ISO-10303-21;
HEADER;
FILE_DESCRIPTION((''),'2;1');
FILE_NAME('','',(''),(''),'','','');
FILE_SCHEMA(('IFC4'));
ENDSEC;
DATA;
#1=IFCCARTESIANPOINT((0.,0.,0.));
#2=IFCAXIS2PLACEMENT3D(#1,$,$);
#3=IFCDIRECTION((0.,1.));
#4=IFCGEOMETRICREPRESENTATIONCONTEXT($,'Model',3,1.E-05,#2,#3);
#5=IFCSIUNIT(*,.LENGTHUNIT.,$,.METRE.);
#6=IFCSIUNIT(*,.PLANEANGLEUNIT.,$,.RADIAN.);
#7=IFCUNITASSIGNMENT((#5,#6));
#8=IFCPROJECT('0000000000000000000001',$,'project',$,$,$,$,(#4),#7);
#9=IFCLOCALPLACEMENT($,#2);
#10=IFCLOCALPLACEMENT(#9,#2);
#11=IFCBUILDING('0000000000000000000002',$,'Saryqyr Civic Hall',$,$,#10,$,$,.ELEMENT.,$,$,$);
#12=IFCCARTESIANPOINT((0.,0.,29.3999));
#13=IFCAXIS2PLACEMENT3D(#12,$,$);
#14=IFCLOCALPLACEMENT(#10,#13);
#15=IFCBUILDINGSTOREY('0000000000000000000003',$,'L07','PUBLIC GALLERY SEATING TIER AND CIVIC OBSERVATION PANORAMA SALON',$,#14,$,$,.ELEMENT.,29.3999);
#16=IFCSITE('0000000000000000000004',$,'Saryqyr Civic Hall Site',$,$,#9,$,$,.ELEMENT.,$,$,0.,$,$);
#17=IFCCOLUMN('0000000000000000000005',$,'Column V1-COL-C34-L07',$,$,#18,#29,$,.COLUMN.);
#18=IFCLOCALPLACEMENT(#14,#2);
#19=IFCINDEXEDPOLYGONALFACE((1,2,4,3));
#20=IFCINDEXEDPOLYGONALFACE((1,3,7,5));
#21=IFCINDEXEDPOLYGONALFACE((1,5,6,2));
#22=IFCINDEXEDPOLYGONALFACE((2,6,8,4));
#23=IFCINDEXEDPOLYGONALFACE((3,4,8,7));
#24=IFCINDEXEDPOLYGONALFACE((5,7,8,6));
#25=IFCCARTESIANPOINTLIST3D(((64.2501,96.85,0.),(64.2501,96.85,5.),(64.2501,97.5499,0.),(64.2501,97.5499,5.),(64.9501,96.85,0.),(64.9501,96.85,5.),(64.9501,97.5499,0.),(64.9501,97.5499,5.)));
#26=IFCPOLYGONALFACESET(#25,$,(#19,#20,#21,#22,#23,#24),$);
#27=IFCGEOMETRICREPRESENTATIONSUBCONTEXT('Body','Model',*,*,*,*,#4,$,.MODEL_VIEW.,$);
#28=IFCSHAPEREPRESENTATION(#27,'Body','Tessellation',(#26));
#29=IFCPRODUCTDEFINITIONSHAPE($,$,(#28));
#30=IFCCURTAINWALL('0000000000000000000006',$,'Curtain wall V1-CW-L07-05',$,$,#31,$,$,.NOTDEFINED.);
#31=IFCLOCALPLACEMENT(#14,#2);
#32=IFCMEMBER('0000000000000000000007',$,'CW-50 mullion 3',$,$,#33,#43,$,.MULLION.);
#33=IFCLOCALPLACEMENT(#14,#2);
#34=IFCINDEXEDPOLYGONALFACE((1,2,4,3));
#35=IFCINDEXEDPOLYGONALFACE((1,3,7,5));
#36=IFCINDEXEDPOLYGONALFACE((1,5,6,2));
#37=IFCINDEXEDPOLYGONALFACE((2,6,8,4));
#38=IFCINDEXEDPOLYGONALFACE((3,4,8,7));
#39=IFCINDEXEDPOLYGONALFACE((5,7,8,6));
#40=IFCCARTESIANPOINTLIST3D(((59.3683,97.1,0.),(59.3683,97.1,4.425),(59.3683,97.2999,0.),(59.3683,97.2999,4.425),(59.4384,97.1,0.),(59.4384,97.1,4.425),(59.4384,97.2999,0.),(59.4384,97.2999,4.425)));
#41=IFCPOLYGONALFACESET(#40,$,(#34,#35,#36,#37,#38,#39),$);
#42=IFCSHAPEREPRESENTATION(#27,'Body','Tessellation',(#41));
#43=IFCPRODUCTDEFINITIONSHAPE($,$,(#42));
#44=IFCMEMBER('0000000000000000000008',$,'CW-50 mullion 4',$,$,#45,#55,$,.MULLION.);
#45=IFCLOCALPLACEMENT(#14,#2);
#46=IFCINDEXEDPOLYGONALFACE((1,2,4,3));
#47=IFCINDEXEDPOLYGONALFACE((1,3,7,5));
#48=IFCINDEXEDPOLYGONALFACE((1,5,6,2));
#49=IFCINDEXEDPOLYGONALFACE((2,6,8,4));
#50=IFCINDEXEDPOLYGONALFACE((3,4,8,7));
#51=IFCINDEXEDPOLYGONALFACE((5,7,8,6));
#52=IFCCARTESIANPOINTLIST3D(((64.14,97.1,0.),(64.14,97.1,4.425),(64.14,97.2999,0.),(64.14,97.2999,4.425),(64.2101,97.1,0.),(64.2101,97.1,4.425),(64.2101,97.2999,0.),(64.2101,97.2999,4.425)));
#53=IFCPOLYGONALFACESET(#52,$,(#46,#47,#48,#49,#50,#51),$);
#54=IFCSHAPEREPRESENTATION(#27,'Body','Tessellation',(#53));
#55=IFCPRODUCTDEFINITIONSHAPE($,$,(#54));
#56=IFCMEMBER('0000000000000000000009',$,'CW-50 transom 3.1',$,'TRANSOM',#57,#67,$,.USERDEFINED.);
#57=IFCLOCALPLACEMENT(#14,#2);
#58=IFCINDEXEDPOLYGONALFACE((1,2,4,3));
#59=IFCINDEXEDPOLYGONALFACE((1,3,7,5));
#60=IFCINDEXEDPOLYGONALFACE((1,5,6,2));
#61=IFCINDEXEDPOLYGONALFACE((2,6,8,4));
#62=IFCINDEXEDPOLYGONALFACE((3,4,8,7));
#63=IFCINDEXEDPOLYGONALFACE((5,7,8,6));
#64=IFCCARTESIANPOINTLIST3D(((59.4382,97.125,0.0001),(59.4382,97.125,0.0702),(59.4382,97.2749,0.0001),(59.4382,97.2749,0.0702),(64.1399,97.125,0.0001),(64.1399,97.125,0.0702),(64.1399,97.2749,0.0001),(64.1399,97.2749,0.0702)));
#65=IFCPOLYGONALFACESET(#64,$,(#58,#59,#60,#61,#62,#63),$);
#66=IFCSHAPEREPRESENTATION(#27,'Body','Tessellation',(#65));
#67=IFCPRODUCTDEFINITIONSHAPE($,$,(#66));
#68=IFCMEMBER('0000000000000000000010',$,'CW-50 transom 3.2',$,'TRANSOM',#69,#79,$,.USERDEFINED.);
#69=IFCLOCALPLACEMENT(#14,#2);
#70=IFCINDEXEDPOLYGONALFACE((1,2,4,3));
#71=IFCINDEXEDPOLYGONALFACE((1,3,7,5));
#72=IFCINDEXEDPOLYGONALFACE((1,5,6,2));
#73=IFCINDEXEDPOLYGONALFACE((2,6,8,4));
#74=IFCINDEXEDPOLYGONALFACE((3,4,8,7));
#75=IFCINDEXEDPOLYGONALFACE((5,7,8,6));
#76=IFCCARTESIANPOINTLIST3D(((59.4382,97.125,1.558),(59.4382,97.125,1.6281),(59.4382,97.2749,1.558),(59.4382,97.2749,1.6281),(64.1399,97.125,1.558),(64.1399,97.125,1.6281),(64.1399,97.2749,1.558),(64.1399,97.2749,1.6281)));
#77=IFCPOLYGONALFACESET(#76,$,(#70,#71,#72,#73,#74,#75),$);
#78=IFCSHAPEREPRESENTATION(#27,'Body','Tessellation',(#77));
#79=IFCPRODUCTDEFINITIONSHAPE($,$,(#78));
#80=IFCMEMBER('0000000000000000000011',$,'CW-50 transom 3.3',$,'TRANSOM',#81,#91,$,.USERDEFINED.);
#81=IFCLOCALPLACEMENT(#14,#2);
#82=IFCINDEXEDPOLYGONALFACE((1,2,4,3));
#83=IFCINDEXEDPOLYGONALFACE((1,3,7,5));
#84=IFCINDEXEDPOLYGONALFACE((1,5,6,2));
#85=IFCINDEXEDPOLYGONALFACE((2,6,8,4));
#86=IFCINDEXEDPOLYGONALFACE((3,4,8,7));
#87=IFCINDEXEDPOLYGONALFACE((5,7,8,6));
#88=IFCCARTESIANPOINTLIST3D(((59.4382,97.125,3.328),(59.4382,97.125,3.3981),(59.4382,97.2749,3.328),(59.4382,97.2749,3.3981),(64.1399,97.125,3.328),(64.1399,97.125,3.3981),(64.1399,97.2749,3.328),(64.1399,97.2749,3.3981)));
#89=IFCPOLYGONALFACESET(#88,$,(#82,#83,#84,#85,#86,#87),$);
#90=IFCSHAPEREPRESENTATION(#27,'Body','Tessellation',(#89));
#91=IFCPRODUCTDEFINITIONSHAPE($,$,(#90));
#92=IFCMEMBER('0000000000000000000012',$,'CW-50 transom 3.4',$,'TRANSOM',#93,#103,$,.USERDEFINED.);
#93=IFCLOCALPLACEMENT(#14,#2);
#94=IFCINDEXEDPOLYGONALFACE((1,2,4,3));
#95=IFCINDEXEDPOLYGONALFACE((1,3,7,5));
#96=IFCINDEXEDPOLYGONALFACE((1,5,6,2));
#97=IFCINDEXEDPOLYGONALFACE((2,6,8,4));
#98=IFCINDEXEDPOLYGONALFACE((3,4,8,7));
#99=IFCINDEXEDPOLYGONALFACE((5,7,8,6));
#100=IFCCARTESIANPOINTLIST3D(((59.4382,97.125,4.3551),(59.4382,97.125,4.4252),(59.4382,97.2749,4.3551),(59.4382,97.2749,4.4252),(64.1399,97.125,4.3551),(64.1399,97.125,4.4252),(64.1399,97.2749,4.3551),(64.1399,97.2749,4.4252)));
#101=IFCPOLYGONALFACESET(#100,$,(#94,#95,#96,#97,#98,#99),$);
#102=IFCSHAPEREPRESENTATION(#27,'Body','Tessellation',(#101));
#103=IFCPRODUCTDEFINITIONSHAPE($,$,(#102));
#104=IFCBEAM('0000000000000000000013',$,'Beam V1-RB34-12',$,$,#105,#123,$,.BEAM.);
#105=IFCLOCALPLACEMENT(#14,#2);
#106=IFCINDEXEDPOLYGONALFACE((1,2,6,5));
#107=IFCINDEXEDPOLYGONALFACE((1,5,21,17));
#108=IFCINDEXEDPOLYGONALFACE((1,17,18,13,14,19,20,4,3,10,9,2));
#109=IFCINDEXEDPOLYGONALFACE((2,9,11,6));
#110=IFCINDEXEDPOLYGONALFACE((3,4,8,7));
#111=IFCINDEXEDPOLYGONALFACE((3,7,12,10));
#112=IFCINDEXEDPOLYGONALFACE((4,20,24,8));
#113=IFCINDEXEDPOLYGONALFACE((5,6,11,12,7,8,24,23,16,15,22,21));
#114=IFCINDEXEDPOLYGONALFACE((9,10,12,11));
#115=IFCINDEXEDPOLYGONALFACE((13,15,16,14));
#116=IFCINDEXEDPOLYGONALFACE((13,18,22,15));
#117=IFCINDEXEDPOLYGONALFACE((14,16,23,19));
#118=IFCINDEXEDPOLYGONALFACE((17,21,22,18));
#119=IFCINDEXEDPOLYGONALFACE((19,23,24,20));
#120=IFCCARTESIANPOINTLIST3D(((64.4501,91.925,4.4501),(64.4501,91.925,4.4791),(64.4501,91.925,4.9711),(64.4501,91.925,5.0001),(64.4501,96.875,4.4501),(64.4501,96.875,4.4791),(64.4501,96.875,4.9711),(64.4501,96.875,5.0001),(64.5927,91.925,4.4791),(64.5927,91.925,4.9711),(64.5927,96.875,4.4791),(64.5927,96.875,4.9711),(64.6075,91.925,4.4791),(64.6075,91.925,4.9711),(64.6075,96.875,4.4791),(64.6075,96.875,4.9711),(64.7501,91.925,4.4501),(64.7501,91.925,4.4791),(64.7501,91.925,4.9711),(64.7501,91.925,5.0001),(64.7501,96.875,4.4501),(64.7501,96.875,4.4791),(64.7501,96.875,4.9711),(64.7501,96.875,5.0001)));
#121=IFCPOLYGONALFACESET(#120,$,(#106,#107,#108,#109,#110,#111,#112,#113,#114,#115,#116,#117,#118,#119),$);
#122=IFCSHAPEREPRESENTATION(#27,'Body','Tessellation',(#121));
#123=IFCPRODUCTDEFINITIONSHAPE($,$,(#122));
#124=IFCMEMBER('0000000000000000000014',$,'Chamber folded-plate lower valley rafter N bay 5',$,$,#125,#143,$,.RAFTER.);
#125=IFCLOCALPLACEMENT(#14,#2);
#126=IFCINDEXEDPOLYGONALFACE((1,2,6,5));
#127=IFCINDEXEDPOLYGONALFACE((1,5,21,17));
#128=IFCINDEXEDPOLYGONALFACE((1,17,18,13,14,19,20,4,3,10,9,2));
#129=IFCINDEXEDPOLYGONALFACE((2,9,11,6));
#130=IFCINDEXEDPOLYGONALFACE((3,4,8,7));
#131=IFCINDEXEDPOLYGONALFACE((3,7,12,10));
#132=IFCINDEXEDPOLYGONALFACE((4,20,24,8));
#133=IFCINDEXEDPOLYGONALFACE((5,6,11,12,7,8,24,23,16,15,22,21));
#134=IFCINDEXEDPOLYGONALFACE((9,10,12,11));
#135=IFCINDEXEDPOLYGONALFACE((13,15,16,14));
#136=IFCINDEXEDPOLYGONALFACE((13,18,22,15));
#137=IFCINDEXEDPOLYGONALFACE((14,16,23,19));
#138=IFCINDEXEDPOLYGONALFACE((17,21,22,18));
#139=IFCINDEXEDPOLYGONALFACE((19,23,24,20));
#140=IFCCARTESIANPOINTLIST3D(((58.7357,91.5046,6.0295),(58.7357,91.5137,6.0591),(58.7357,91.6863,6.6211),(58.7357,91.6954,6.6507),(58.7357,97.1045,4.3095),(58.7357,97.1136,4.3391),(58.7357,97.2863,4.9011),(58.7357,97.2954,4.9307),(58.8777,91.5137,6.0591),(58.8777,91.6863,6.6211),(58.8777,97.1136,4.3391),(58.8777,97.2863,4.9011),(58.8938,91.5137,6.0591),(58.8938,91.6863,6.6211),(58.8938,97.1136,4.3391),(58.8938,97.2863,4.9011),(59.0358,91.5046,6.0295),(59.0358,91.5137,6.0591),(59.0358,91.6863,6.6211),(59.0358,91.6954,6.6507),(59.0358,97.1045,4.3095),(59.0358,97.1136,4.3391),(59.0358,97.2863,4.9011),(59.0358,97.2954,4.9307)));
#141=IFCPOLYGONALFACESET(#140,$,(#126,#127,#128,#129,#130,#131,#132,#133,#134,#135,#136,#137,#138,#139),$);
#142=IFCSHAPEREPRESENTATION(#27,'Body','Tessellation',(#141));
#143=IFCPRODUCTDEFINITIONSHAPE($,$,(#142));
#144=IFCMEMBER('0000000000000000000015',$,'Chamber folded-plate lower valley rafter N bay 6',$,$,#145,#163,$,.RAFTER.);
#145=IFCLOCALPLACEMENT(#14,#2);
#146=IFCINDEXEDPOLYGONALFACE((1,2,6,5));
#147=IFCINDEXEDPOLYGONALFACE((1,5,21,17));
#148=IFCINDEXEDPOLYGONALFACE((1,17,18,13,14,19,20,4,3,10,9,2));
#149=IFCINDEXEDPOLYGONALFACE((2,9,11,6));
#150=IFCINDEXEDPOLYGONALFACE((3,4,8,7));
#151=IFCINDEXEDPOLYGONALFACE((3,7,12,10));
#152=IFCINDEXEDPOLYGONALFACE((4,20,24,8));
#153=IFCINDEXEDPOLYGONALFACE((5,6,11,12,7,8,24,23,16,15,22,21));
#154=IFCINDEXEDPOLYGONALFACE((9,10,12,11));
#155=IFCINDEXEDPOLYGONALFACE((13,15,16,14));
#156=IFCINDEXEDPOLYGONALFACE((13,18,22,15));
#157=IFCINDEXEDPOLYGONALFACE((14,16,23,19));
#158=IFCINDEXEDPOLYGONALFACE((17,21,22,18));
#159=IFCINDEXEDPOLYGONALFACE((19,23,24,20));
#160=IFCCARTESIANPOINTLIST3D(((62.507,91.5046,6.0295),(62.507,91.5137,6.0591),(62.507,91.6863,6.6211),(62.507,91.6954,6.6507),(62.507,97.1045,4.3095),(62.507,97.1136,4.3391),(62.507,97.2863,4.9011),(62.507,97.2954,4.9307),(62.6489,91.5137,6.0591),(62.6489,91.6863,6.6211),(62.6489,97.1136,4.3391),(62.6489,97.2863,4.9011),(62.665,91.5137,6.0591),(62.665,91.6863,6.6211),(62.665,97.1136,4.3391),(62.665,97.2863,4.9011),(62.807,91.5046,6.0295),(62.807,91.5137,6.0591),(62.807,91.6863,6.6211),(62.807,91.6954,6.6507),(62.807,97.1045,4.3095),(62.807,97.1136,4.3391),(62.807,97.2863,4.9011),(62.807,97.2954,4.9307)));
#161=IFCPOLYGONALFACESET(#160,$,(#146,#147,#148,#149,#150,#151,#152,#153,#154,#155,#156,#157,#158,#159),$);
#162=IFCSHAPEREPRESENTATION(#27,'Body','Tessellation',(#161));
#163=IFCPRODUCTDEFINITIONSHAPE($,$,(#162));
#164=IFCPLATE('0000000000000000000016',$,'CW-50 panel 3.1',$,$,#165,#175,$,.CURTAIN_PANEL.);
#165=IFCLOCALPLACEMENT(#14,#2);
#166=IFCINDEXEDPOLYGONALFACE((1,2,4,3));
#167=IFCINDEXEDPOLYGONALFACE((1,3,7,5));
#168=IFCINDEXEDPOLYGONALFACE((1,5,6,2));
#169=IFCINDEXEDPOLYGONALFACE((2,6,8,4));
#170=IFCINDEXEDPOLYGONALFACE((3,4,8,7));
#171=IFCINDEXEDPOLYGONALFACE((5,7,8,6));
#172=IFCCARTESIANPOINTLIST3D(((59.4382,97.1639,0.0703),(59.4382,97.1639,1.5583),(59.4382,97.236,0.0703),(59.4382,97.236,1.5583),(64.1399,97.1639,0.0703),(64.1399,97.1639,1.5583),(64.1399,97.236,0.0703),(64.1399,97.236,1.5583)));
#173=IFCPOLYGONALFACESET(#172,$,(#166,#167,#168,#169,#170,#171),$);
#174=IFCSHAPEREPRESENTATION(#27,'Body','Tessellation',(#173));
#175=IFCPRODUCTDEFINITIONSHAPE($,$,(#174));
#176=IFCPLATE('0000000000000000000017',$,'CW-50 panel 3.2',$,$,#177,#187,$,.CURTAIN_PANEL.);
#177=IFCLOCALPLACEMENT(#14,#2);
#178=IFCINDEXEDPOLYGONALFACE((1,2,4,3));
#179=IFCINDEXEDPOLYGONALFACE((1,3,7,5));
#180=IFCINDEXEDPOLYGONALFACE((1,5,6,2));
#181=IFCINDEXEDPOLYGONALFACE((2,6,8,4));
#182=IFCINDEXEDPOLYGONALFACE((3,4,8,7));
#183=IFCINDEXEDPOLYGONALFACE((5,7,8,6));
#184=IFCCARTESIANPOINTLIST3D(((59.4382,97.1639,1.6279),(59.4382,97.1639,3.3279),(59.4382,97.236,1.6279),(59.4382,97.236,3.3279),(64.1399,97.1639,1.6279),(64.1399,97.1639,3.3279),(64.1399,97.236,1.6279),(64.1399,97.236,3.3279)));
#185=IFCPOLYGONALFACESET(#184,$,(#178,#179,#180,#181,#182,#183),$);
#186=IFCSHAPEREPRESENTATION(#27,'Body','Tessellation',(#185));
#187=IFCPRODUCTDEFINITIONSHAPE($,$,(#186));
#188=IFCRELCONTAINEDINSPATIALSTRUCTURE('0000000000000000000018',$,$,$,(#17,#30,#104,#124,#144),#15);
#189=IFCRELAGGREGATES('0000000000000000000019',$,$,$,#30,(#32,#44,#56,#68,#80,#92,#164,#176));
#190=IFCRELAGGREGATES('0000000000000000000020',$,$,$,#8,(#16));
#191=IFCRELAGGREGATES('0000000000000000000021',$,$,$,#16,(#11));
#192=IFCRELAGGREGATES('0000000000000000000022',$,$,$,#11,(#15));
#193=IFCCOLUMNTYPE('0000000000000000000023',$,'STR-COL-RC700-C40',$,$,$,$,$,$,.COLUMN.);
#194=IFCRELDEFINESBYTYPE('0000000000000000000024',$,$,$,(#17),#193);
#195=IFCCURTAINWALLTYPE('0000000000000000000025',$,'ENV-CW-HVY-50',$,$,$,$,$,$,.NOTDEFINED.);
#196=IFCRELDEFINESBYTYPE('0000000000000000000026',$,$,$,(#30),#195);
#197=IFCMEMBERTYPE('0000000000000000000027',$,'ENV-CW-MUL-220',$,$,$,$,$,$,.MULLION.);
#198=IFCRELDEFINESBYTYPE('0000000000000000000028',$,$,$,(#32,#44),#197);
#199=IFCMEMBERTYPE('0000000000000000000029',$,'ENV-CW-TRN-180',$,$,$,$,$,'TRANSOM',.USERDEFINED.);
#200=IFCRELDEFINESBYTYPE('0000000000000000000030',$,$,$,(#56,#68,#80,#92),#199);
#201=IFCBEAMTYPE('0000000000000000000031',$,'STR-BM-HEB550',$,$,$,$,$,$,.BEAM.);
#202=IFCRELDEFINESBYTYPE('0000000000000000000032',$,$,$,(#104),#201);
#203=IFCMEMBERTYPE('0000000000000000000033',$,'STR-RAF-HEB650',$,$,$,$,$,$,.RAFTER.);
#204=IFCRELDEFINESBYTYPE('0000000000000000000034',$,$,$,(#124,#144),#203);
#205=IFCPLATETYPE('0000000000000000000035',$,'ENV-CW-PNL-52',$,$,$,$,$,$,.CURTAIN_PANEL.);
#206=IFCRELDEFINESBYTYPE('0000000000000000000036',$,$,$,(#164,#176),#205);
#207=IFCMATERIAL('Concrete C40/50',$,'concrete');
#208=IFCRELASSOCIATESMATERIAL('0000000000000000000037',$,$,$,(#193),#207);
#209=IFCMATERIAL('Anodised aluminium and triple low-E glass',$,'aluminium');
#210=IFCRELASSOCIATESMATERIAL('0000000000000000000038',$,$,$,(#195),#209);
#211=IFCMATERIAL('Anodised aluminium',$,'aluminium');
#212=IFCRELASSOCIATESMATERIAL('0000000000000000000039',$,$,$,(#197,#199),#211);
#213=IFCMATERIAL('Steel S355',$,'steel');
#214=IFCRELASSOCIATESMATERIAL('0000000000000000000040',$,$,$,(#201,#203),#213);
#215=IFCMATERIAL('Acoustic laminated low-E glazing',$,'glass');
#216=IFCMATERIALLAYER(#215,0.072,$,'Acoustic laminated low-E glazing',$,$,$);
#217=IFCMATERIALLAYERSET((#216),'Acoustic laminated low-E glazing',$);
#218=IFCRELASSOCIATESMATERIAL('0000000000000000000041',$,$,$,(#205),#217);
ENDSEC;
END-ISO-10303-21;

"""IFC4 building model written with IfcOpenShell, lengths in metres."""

from ifc_helpers import new_model, si_unit, direction, frame, origin, origin_2d, place, context, subcontext, project, spatial, rectangle, i_section, extrude, material, layer, layer_set, material_profile, profile_set, type_object, element, aggregate, save


model = new_model("IFC4")

# Units and contexts
model_context = context("Model", 3, precision=1e-05, world=origin(), true_north=direction((0.0, 1.0)))
body_context = subcontext(model_context, "Body", "Model", "MODEL_VIEW")
ifc_project = project(units=[si_unit("LENGTHUNIT", "METRE"), si_unit("PLANEANGLEUNIT", "RADIAN")], contexts=[model_context])

# Site, building, storey
site_placement = place(None, origin())
site = spatial("IfcSite", under=ifc_project, at=site_placement, Name="Saryqyr Civic Hall Site", CompositionType="ELEMENT", RefElevation=0.0)
building_placement = place(site_placement, origin())
building = spatial("IfcBuilding", under=site, at=building_placement, Name="Saryqyr Civic Hall", CompositionType="ELEMENT")
storey_placement = place(building_placement, frame((0.0, 0.0, 29.3999)))
storey = spatial("IfcBuildingStorey", under=building, at=storey_placement, Name="L07", Description="PUBLIC GALLERY SEATING TIER AND CIVIC OBSERVATION PANORAMA SALON", CompositionType="ELEMENT", Elevation=29.3999)

# Column
ifc_material_1 = material(Name="Concrete C40/50", Category="concrete")
ifc_material_profile_1 = material_profile(ifc_material_1, rectangle(XDim=0.7, YDim=0.7, at=origin_2d()), Name="RC 700x700")
ifc_profile_set_1 = profile_set([ifc_material_profile_1], Name="Concrete C40/50")
column_type = type_object("IfcColumnType", Name="STR-COL-RC700-C40", PredefinedType="COLUMN", material=ifc_profile_set_1)
column_placement = place(storey_placement, frame((64.6001, 97.2, 0.0), z_axis=(0.0, 0.0, 1.0), x_axis=(1.0, 0.0, 0.0)))
element("IfcColumn", 1, at=column_placement, inside=storey, type_object=column_type, Name="Column V1-COL-C34-L07", PredefinedType="COLUMN", context=body_context, shape_type="SweptSolid", body=[
    extrude(rectangle(XDim=0.7, YDim=0.7, at=origin_2d()), origin(), (0.0, 0.0, 1.0), 5.0),
])

# Curtain wall, members
ifc_material_2 = material(Name="Anodised aluminium and triple low-E glass", Category="aluminium")
curtain_wall_type = type_object("IfcCurtainWallType", Name="ENV-CW-HVY-50", PredefinedType="NOTDEFINED", material=ifc_material_2)
curtain_wall_placement = place(storey_placement, origin())
curtain_wall = element("IfcCurtainWall", 2, at=curtain_wall_placement, inside=storey, type_object=curtain_wall_type, Name="Curtain wall V1-CW-L07-05", PredefinedType="NOTDEFINED")
ifc_material_3 = material(Name="Anodised aluminium", Category="aluminium")
ifc_material_profile_2 = material_profile(ifc_material_3, rectangle(XDim=0.0701, YDim=0.2, at=origin_2d()), Name="ALU MULLION 70x200")
ifc_profile_set_2 = profile_set([ifc_material_profile_2], Name="Anodised aluminium")
member_type_1 = type_object("IfcMemberType", Name="ENV-CW-MUL-220", PredefinedType="MULLION", material=ifc_profile_set_2)
member_1_placement = place(storey_placement, frame((59.4033, 97.2, 0.0), z_axis=(0.0, 0.0, 1.0), x_axis=(1.0, 0.0, 0.0)))
member_1 = element("IfcMember", 3, at=member_1_placement, type_object=member_type_1, Name="CW-50 mullion 3", PredefinedType="MULLION", context=body_context, shape_type="SweptSolid", body=[
    extrude(rectangle(XDim=0.0701, YDim=0.2, at=origin_2d()), origin(), (0.0, 0.0, 1.0), 4.425),
])
member_2_placement = place(storey_placement, frame((64.175, 97.2, 0.0), z_axis=(0.0, 0.0, 1.0), x_axis=(1.0, 0.0, 0.0)))
member_2 = element("IfcMember", 4, at=member_2_placement, type_object=member_type_1, Name="CW-50 mullion 4", PredefinedType="MULLION", context=body_context, shape_type="SweptSolid", body=[
    extrude(rectangle(XDim=0.0701, YDim=0.2, at=origin_2d()), origin(), (0.0, 0.0, 1.0), 4.425),
])
ifc_material_profile_3 = material_profile(ifc_material_3, rectangle(XDim=0.1499, YDim=0.0701, at=origin_2d()), Name="ALU TRANSOM 150x70")
ifc_profile_set_3 = profile_set([ifc_material_profile_3], Name="Anodised aluminium")
member_type_2 = type_object("IfcMemberType", Name="ENV-CW-TRN-180", ElementType="TRANSOM", PredefinedType="USERDEFINED", material=ifc_profile_set_3)
member_3_placement = place(storey_placement, frame((59.4382, 97.2, 0.0352), z_axis=(1.0, 0.0, 0.0), x_axis=(0.0, 1.0, 0.0)))
member_3 = element("IfcMember", 5, at=member_3_placement, type_object=member_type_2, Name="CW-50 transom 3.1", ObjectType="TRANSOM", PredefinedType="USERDEFINED", context=body_context, shape_type="SweptSolid", body=[
    extrude(rectangle(XDim=0.1499, YDim=0.0701, at=origin_2d()), origin(), (0.0, 0.0, 1.0), 4.7017),
])
member_4_placement = place(storey_placement, frame((59.4382, 97.2, 1.593), z_axis=(1.0, 0.0, 0.0), x_axis=(0.0, 1.0, 0.0)))
member_4 = element("IfcMember", 6, at=member_4_placement, type_object=member_type_2, Name="CW-50 transom 3.2", ObjectType="TRANSOM", PredefinedType="USERDEFINED", context=body_context, shape_type="SweptSolid", body=[
    extrude(rectangle(XDim=0.1499, YDim=0.0701, at=origin_2d()), origin(), (0.0, 0.0, 1.0), 4.7017),
])
member_5_placement = place(storey_placement, frame((59.4382, 97.2, 3.363), z_axis=(1.0, 0.0, 0.0), x_axis=(0.0, 1.0, 0.0)))
member_5 = element("IfcMember", 7, at=member_5_placement, type_object=member_type_2, Name="CW-50 transom 3.3", ObjectType="TRANSOM", PredefinedType="USERDEFINED", context=body_context, shape_type="SweptSolid", body=[
    extrude(rectangle(XDim=0.1499, YDim=0.0701, at=origin_2d()), origin(), (0.0, 0.0, 1.0), 4.7017),
])
member_6_placement = place(storey_placement, frame((59.4382, 97.2, 4.3901), z_axis=(1.0, 0.0, 0.0), x_axis=(0.0, 1.0, 0.0)))
member_6 = element("IfcMember", 8, at=member_6_placement, type_object=member_type_2, Name="CW-50 transom 3.4", ObjectType="TRANSOM", PredefinedType="USERDEFINED", context=body_context, shape_type="SweptSolid", body=[
    extrude(rectangle(XDim=0.1499, YDim=0.0701, at=origin_2d()), origin(), (0.0, 0.0, 1.0), 4.7017),
])

# Beam
ifc_material_4 = material(Name="Steel S355", Category="steel")
ifc_material_profile_4 = material_profile(ifc_material_4, i_section(OverallWidth=0.3, OverallDepth=0.55, WebThickness=0.0149, FlangeThickness=0.0291, at=origin_2d()), Name="HEB 550")
ifc_profile_set_4 = profile_set([ifc_material_profile_4], Name="Steel S355")
beam_type = type_object("IfcBeamType", Name="STR-BM-HEB550", PredefinedType="BEAM", material=ifc_profile_set_4)
beam_placement = place(storey_placement, frame((64.6001, 91.925, 4.7251), z_axis=(0.0, 1.0, 0.0), x_axis=(-1.0, 0.0, 0.0)))
element("IfcBeam", 9, at=beam_placement, inside=storey, type_object=beam_type, Name="Beam V1-RB34-12", PredefinedType="BEAM", context=body_context, shape_type="SweptSolid", body=[
    extrude(i_section(OverallWidth=0.3, OverallDepth=0.55, WebThickness=0.0149, FlangeThickness=0.0291, at=origin_2d()), origin(), (0.0, 0.0, 1.0), 4.95),
])

# Members
ifc_material_profile_5 = material_profile(ifc_material_4, i_section(OverallWidth=0.3, OverallDepth=0.6499, WebThickness=0.0161, FlangeThickness=0.031, at=origin_2d()), Name="HEB 650")
ifc_profile_set_5 = profile_set([ifc_material_profile_5], Name="Steel S355")
member_type_3 = type_object("IfcMemberType", Name="STR-RAF-HEB650", PredefinedType="RAFTER", material=ifc_profile_set_5)
for number, where, z_axis, x_axis, name in (
    (10, (58.8857, 97.2, 4.6201), (0.0, -0.955926, 0.293608), (1.0, 0.0, 0.0), "Chamber folded-plate lower valley rafter N bay 5"),
    (11, (62.657, 97.2, 4.6201), (0.0, -0.955926, 0.293608), (1.0, 0.0, 0.0), "Chamber folded-plate lower valley rafter N bay 6"),
):
    element("IfcMember", number, at=place(storey_placement, frame(where, z_axis=z_axis, x_axis=x_axis)), inside=storey, type_object=member_type_3, Name=name, PredefinedType="RAFTER", context=body_context, shape_type="SweptSolid", body=[
        extrude(i_section(OverallWidth=0.3, OverallDepth=0.6499, WebThickness=0.0161, FlangeThickness=0.031, at=origin_2d()), origin(), (0.0, 0.0, 1.0), 5.8582),
    ])

# Plates
ifc_material_5 = material(Name="Acoustic laminated low-E glazing", Category="glass")
ifc_layer_1 = layer(ifc_material_5, 0.072, Name="Acoustic laminated low-E glazing")
ifc_layer_set_1 = layer_set([ifc_layer_1], Name="Acoustic laminated low-E glazing")
plate_type_1 = type_object("IfcPlateType", Name="ENV-CW-PNL-52", PredefinedType="CURTAIN_PANEL", material=ifc_layer_set_1)
plate_1_placement = place(storey_placement, frame((61.7891, 97.2, 0.0703), z_axis=(0.0, 0.0, 1.0), x_axis=(1.0, 0.0, 0.0)))
plate_1 = element("IfcPlate", 12, at=plate_1_placement, type_object=plate_type_1, Name="CW-50 panel 3.1", PredefinedType="CURTAIN_PANEL", context=body_context, shape_type="SweptSolid", body=[
    extrude(rectangle(XDim=4.7017, YDim=0.072, at=origin_2d()), origin(), (0.0, 0.0, 1.0), 1.488),
])
plate_2_placement = place(storey_placement, frame((61.7891, 97.2, 1.6279), z_axis=(0.0, 0.0, 1.0), x_axis=(1.0, 0.0, 0.0)))
plate_2 = element("IfcPlate", 13, at=plate_2_placement, type_object=plate_type_1, Name="CW-50 panel 3.2", PredefinedType="CURTAIN_PANEL", context=body_context, shape_type="SweptSolid", body=[
    extrude(rectangle(XDim=4.7017, YDim=0.072, at=origin_2d()), origin(), (0.0, 0.0, 1.0), 1.7),
])
aggregate(curtain_wall, [member_1, member_2, member_3, member_4, member_5, member_6, plate_1, plate_2])

save(model, "model.ifc")
